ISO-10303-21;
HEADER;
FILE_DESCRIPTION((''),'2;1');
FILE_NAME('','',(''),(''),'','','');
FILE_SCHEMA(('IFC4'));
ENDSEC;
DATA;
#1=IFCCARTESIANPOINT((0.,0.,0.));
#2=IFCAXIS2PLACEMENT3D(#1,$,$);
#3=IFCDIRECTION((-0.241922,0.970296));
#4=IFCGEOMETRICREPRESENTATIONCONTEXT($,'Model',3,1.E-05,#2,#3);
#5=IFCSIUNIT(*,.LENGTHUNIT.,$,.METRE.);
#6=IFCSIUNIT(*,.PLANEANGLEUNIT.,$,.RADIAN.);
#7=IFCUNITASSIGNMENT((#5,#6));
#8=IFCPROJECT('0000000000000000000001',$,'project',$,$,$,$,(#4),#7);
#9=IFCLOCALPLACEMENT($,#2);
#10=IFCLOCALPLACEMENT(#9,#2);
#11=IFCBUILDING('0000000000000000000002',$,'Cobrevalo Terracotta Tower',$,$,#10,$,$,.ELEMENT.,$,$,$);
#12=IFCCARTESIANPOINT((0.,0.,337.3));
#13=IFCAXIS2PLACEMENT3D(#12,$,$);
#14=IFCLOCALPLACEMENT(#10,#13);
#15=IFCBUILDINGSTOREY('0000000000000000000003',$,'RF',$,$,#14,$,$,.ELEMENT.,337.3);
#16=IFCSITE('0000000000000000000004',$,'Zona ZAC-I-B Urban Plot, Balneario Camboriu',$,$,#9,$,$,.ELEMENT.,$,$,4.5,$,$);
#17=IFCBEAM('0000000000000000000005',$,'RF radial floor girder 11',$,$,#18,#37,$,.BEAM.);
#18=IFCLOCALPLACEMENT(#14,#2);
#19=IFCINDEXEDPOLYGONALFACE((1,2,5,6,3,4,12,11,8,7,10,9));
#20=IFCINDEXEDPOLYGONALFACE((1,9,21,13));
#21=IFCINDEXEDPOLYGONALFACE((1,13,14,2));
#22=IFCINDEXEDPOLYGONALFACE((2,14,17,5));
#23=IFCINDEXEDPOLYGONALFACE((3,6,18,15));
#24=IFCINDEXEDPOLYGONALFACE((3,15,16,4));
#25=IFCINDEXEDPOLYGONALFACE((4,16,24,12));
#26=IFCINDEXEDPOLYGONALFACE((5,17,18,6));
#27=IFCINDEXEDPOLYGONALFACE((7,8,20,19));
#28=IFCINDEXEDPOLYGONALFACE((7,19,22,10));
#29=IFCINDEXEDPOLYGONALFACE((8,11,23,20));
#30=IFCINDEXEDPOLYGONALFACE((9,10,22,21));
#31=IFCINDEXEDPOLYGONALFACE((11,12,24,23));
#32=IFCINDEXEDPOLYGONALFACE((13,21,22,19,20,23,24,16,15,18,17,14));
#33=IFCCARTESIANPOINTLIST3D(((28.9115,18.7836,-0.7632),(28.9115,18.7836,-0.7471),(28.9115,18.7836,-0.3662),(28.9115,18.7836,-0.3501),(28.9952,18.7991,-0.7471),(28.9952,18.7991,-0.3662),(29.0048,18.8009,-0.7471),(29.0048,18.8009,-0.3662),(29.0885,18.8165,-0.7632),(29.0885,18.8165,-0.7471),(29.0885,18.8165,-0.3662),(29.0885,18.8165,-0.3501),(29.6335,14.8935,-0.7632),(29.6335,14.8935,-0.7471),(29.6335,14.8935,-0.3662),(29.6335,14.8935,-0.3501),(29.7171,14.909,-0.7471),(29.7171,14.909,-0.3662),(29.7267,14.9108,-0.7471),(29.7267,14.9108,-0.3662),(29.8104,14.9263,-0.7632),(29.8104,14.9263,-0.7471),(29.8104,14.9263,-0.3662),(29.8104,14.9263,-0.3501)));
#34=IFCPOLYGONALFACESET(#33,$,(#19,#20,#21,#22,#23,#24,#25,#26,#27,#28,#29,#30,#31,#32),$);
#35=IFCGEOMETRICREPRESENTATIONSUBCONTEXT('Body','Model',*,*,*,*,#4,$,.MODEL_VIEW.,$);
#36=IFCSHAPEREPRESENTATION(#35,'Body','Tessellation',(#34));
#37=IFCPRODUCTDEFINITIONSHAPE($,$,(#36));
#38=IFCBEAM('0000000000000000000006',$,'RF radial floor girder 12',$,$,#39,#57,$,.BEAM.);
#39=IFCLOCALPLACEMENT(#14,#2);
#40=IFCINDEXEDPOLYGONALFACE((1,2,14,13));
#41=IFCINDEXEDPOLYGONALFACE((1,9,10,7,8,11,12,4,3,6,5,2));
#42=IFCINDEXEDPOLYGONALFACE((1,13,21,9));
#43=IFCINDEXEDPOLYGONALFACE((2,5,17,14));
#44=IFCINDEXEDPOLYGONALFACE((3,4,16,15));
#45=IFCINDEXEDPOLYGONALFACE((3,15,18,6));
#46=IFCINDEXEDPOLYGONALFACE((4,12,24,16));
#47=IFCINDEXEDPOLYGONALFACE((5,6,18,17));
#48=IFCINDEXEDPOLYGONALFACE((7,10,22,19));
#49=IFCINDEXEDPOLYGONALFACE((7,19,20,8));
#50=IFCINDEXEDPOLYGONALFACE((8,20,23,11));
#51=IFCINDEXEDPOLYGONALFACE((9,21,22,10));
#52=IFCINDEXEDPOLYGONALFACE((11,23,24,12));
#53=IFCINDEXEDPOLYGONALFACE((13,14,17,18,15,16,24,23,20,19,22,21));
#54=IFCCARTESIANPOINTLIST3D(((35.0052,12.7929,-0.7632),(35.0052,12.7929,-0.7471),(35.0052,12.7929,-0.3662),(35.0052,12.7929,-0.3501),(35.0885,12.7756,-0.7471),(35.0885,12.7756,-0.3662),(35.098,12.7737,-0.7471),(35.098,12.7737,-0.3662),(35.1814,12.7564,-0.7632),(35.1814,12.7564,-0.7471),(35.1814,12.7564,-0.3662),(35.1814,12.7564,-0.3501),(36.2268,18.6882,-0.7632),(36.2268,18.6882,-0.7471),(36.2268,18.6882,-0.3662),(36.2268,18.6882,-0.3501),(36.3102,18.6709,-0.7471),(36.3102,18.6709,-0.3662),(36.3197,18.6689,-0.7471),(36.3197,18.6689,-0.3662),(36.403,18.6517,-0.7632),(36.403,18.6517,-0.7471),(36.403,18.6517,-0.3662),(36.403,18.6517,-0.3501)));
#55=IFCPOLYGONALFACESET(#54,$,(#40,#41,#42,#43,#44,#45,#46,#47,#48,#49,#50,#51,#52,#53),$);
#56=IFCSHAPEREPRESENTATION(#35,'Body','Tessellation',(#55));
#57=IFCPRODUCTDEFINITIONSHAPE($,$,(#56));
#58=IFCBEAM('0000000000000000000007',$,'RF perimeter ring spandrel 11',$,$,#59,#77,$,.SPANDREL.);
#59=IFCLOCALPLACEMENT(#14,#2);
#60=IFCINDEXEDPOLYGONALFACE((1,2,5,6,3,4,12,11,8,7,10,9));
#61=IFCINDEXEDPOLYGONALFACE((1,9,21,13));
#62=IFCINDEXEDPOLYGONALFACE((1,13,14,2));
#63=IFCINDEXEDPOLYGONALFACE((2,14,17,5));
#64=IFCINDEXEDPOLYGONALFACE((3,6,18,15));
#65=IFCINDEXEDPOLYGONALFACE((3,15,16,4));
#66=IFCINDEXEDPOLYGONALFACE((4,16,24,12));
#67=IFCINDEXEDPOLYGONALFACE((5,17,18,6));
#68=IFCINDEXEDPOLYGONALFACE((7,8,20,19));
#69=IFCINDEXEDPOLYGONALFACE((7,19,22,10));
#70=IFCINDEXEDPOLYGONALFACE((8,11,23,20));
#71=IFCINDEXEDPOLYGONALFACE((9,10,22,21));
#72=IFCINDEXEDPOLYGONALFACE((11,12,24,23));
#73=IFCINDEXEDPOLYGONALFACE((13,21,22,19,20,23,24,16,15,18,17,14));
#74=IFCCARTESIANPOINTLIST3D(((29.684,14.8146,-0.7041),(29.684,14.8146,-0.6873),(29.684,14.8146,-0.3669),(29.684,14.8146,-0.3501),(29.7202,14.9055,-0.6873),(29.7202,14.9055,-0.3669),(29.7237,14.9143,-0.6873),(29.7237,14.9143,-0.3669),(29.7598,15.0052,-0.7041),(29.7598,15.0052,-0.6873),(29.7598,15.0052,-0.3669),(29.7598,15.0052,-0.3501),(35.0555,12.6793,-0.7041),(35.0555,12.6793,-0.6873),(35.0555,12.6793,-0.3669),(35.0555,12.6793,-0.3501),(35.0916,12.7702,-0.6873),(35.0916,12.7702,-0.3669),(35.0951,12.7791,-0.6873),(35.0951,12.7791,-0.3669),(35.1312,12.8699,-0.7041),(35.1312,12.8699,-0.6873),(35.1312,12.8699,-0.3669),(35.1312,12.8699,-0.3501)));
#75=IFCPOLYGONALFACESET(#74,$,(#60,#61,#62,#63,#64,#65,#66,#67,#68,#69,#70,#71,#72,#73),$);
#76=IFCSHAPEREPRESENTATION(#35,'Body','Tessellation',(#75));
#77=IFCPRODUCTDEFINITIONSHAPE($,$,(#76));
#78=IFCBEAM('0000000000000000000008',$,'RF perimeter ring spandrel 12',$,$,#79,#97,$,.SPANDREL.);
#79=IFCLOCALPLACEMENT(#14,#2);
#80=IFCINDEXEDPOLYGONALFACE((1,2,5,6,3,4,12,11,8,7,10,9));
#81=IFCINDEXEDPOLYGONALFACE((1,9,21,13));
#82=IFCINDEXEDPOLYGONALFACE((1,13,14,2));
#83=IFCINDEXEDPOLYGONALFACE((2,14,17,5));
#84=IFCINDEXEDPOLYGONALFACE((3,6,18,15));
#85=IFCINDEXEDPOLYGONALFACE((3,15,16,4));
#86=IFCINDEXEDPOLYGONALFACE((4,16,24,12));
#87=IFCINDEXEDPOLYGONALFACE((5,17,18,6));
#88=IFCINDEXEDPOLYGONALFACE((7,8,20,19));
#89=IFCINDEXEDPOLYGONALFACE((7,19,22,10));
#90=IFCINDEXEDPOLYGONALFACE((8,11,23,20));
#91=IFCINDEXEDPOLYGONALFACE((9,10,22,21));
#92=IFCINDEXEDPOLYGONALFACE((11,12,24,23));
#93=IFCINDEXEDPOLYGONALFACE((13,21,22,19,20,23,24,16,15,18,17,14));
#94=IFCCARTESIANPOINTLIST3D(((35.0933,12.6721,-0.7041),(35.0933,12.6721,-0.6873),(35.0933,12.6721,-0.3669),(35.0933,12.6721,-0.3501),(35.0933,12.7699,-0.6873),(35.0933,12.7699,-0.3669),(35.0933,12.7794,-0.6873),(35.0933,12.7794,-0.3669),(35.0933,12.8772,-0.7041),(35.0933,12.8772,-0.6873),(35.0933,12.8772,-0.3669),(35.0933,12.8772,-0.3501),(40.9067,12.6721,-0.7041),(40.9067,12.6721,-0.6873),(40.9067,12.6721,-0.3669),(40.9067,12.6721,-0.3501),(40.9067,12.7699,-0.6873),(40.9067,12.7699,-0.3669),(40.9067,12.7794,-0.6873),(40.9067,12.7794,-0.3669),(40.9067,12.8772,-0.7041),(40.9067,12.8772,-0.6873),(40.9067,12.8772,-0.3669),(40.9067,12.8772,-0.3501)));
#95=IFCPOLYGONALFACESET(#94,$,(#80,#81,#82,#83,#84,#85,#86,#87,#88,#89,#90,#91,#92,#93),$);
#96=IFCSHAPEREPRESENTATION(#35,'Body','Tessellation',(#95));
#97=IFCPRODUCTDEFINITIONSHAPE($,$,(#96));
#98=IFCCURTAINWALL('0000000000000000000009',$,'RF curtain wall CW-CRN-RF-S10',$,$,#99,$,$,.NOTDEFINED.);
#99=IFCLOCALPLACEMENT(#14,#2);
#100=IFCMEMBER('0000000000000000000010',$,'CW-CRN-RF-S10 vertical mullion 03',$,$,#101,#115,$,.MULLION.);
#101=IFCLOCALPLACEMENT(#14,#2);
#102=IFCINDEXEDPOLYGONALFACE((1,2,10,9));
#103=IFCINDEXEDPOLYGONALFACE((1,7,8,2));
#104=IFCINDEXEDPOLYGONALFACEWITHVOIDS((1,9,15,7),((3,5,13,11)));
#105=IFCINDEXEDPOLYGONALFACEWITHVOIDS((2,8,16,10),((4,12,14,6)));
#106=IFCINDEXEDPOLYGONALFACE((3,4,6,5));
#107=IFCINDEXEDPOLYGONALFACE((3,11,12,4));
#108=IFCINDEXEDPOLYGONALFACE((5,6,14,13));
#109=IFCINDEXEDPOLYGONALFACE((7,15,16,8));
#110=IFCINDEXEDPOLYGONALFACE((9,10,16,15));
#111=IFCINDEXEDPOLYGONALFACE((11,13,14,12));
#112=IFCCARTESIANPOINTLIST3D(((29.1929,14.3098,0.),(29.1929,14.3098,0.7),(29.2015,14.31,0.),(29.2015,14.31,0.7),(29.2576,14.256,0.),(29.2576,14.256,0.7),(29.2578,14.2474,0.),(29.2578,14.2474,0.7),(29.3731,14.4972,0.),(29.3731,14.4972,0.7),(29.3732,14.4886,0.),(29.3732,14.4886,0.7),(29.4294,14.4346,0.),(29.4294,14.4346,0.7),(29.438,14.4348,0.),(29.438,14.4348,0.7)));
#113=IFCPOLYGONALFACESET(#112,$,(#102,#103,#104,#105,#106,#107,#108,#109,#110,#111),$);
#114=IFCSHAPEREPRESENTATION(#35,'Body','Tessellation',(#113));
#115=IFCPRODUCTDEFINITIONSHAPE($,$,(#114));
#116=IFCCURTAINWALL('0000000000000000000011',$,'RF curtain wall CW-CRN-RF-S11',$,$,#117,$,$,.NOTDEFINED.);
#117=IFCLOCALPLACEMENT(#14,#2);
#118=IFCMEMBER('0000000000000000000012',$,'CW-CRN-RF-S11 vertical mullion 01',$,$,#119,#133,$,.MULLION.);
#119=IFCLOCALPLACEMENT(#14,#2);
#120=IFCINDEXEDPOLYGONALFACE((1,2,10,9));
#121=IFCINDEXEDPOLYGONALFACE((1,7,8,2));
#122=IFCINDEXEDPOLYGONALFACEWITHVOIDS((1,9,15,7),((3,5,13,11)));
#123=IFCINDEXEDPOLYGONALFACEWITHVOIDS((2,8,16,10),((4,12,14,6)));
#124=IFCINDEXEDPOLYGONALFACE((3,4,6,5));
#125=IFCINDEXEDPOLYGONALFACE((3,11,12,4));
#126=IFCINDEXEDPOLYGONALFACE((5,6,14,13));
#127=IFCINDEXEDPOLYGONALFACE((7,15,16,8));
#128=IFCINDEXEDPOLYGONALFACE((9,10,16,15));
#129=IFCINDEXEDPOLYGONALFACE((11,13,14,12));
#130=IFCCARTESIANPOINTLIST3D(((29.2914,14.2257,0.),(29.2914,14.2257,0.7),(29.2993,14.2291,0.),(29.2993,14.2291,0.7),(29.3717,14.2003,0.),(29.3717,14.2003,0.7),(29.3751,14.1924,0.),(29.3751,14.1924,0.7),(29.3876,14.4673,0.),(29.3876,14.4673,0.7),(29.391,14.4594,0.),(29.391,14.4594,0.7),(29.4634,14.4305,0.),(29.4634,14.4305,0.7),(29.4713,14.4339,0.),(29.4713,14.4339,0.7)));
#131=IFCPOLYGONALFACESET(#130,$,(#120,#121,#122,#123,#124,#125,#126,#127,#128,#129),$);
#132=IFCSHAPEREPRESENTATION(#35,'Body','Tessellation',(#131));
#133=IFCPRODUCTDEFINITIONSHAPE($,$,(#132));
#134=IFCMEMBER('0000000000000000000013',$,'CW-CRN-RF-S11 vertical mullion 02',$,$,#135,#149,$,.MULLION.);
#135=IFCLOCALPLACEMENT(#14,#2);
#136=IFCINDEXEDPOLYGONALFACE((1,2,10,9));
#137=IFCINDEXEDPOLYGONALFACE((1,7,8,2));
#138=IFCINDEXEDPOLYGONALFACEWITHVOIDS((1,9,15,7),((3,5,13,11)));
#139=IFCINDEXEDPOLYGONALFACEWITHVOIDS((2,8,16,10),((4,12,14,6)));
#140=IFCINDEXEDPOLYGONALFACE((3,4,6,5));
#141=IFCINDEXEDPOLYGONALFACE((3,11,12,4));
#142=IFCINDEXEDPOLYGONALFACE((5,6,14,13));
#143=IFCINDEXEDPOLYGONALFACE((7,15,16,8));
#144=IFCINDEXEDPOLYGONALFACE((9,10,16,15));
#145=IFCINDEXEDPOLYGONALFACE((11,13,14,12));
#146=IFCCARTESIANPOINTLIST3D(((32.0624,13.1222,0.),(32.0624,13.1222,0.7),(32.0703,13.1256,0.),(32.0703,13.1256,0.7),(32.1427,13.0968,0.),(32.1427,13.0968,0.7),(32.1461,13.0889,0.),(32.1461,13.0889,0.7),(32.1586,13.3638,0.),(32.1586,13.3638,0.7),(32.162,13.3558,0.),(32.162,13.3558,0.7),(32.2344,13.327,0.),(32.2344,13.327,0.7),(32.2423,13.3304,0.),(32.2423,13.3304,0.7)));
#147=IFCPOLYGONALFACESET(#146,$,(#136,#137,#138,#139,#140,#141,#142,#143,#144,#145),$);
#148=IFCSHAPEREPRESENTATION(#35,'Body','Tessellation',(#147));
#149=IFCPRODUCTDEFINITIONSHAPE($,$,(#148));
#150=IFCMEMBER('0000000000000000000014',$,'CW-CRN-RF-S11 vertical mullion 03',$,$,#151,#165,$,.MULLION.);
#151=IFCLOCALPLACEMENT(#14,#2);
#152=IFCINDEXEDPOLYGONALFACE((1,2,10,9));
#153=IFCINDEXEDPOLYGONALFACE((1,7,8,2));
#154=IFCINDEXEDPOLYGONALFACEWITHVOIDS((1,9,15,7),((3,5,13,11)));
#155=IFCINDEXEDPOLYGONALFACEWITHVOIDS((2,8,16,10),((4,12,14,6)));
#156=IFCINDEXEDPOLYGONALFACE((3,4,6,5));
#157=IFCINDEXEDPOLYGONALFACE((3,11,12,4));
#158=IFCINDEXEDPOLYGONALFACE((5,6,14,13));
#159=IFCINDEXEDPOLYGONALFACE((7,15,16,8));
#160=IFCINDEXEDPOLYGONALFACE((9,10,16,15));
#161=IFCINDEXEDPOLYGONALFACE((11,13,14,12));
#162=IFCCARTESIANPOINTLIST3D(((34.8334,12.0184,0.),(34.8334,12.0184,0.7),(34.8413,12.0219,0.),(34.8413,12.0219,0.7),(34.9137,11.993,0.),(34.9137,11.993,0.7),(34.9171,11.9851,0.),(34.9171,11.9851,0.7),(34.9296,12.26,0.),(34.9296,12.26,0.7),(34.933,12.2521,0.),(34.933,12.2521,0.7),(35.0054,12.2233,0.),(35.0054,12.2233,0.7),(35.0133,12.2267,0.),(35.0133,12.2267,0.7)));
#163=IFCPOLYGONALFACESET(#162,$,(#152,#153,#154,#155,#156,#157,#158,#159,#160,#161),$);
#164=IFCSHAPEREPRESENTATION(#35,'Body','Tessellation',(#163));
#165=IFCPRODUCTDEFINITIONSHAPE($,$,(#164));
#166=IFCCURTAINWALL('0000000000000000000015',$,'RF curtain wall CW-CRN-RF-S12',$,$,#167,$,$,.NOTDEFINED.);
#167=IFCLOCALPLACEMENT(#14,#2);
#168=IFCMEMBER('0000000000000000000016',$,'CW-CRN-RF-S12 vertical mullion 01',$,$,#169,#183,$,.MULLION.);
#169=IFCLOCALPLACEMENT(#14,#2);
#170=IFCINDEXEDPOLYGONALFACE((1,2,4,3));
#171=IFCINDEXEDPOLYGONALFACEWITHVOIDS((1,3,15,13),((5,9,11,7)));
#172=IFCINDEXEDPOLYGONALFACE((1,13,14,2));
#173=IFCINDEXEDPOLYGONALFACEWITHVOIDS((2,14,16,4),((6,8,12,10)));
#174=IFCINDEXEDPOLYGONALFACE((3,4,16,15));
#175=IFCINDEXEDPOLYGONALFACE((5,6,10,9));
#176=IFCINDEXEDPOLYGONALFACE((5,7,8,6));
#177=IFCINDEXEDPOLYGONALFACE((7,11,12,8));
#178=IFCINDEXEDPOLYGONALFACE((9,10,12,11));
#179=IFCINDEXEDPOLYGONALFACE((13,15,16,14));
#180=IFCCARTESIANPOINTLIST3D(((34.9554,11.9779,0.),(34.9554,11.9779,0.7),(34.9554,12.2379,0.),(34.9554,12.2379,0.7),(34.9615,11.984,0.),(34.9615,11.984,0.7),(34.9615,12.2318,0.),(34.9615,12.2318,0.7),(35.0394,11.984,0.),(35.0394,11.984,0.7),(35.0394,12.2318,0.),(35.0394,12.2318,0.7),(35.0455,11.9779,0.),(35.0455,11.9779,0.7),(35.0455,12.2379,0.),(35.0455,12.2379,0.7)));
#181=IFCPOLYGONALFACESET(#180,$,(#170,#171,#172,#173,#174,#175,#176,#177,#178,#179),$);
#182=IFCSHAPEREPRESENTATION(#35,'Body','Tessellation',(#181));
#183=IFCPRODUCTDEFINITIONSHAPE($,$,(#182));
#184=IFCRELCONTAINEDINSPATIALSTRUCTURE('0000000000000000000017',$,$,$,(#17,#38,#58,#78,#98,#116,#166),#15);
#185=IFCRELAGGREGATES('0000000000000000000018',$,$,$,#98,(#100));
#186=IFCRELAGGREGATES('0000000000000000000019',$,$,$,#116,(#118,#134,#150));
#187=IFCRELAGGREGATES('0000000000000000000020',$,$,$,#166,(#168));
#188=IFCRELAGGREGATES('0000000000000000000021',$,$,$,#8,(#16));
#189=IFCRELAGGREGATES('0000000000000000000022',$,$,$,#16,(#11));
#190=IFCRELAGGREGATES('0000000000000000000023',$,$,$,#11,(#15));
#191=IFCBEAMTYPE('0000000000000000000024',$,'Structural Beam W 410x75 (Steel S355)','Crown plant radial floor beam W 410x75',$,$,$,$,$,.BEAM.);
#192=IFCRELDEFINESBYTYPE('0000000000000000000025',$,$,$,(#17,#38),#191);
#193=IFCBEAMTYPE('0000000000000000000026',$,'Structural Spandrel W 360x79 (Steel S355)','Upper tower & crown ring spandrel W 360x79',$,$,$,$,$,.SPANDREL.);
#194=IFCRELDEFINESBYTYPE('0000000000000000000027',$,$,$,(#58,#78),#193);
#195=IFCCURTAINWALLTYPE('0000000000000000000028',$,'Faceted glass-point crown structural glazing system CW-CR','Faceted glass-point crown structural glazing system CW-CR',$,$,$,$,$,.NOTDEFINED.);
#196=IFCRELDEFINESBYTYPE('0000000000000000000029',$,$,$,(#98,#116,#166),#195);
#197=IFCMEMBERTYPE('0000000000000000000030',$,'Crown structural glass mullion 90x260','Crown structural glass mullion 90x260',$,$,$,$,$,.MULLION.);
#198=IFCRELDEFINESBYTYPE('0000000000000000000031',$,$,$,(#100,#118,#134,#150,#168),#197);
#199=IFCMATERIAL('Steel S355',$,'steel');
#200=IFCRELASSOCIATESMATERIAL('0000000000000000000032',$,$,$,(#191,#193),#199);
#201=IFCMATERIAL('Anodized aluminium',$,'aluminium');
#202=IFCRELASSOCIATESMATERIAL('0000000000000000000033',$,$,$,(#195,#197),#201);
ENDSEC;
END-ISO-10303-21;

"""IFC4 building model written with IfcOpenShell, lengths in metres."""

from ifc_helpers import new_model, si_unit, direction, frame, origin, origin_2d, place, context, subcontext, project, spatial, hollow_rectangle, i_section, extrude, source, transform, mapped, material, material_profile, profile_set, type_object, element, aggregate, save


model = new_model("IFC4")

# Units and contexts
model_context = context("Model", 3, precision=1e-05, world=origin(), true_north=direction((-0.241922, 0.970296)))
body_context = subcontext(model_context, "Body", "Model", "MODEL_VIEW")
ifc_project = project(units=[si_unit("LENGTHUNIT", "METRE"), si_unit("PLANEANGLEUNIT", "RADIAN")], contexts=[model_context])

# Site, building, storey
site_placement = place(None, origin())
site = spatial("IfcSite", under=ifc_project, at=site_placement, Name="Zona ZAC-I-B Urban Plot, Balneario Camboriu", CompositionType="ELEMENT", RefElevation=4.5)
building_placement = place(site_placement, origin())
building = spatial("IfcBuilding", under=site, at=building_placement, Name="Cobrevalo Terracotta Tower", CompositionType="ELEMENT")
storey_placement = place(building_placement, frame((0.0, 0.0, 337.3)))
storey = spatial("IfcBuildingStorey", under=building, at=storey_placement, Name="RF", CompositionType="ELEMENT", Elevation=337.3)

# Beams
ifc_material_1 = material(Name="Steel S355", Category="steel")
ifc_material_profile_1 = material_profile(ifc_material_1, i_section(OverallWidth=0.1799, OverallDepth=0.4131, WebThickness=0.0098, FlangeThickness=0.0161, at=origin_2d()), Name="W 410x75")
ifc_profile_set_1 = profile_set([ifc_material_profile_1], Name="Steel S355")
beam_type_1 = type_object("IfcBeamType", Name="Structural Beam W 410x75 (Steel S355)", Description="Crown plant radial floor beam W 410x75", PredefinedType="BEAM", material=ifc_profile_set_1)
beam_1_placement = place(storey_placement, frame((29.7219, 14.9099, -0.5566), z_axis=(-0.182463, 0.983213, 0.0), x_axis=(-0.983213, -0.182463, 0.0)))
element("IfcBeam", 1, at=beam_1_placement, inside=storey, type_object=beam_type_1, Name="RF radial floor girder 11", PredefinedType="BEAM", context=body_context, shape_type="SweptSolid", body=[
    extrude(i_section(OverallWidth=0.1799, OverallDepth=0.4131, WebThickness=0.0098, FlangeThickness=0.0161, at=origin_2d()), origin(), (0.0, 0.0, 1.0), 3.9565),
])
beam_2_placement = place(storey_placement, frame((35.0933, 12.7747, -0.5566), z_axis=(0.202919, 0.979195, 0.0), x_axis=(-0.979195, 0.202919, 0.0)))
element("IfcBeam", 2, at=beam_2_placement, inside=storey, type_object=beam_type_1, Name="RF radial floor girder 12", PredefinedType="BEAM", context=body_context, shape_type="SweptSolid", body=[
    extrude(i_section(OverallWidth=0.1799, OverallDepth=0.4131, WebThickness=0.0098, FlangeThickness=0.0161, at=origin_2d()), origin(), (0.0, 0.0, 1.0), 6.0205),
])
ifc_material_profile_2 = material_profile(ifc_material_1, i_section(OverallWidth=0.2051, OverallDepth=0.354, WebThickness=0.0095, FlangeThickness=0.0168, at=origin_2d()), Name="W 360x79")
ifc_profile_set_2 = profile_set([ifc_material_profile_2], Name="Steel S355")
beam_type_2 = type_object("IfcBeamType", Name="Structural Spandrel W 360x79 (Steel S355)", Description="Upper tower & crown ring spandrel W 360x79", PredefinedType="SPANDREL", material=ifc_profile_set_2)
beam_3_placement = place(storey_placement, frame((29.7219, 14.9099, -0.5271), z_axis=(0.929267, -0.369409, 0.0), x_axis=(0.369409, 0.929267, 0.0)))
element("IfcBeam", 3, at=beam_3_placement, inside=storey, type_object=beam_type_2, Name="RF perimeter ring spandrel 11", PredefinedType="SPANDREL", context=body_context, shape_type="SweptSolid", body=[
    extrude(i_section(OverallWidth=0.2051, OverallDepth=0.354, WebThickness=0.0095, FlangeThickness=0.0168, at=origin_2d()), origin(), (0.0, 0.0, 1.0), 5.7803),
])
beam_4_placement = place(storey_placement, frame((35.0933, 12.7747, -0.5271), z_axis=(1.0, 0.0, 0.0), x_axis=(0.0, 1.0, 0.0)))
element("IfcBeam", 4, at=beam_4_placement, inside=storey, type_object=beam_type_2, Name="RF perimeter ring spandrel 12", PredefinedType="SPANDREL", context=body_context, shape_type="SweptSolid", body=[
    extrude(i_section(OverallWidth=0.2051, OverallDepth=0.354, WebThickness=0.0095, FlangeThickness=0.0168, at=origin_2d()), origin(), (0.0, 0.0, 1.0), 5.8135),
])

# Curtain wall, member
ifc_material_2 = material(Name="Anodized aluminium", Category="aluminium")
curtain_wall_type = type_object("IfcCurtainWallType", Name="Faceted glass-point crown structural glazing system CW-CR", Description="Faceted glass-point crown structural glazing system CW-CR", PredefinedType="NOTDEFINED", material=ifc_material_2)
curtain_wall_1_placement = place(storey_placement, origin())
curtain_wall_1 = element("IfcCurtainWall", 5, at=curtain_wall_1_placement, inside=storey, type_object=curtain_wall_type, Name="RF curtain wall CW-CRN-RF-S10", PredefinedType="NOTDEFINED")
ifc_material_profile_3 = material_profile(ifc_material_2, hollow_rectangle(XDim=0.0901, YDim=0.26, WallThickness=0.0061, at=origin_2d()), Name="CWM 90x260")
ifc_profile_set_3 = profile_set([ifc_material_profile_3], Name="Anodized aluminium")
member_type_1 = type_object("IfcMemberType", Name="Crown structural glass mullion 90x260", Description="Crown structural glass mullion 90x260", PredefinedType="MULLION", material=ifc_profile_set_3)
shared_shape_1 = source(origin(), body_context, "Body", "SweptSolid", [
    extrude(hollow_rectangle(XDim=0.0901, YDim=0.26, WallThickness=0.0061, at=origin_2d()), origin(), (0.0, 0.0, 1.0), 0.7),
])
member_1_placement = place(storey_placement, frame((29.3154, 14.3723, 0.0), z_axis=(0.0, 0.0, 1.0), x_axis=(0.720854, -0.693087, 0.0)))
member_1 = element("IfcMember", 6, at=member_1_placement, type_object=member_type_1, Name="CW-CRN-RF-S10 vertical mullion 03", PredefinedType="MULLION", context=body_context, shape_type="MappedRepresentation", body=[
    mapped(shared_shape_1, transform((0.0, 0.0, 0.0), scale=1.0)),
])

# Curtain wall, members
curtain_wall_2_placement = place(storey_placement, origin())
curtain_wall_2 = element("IfcCurtainWall", 7, at=curtain_wall_2_placement, inside=storey, type_object=curtain_wall_type, Name="RF curtain wall CW-CRN-RF-S11", PredefinedType="NOTDEFINED")
member_2_placement = place(storey_placement, frame((29.3813, 14.3298, 0.0), z_axis=(0.0, 0.0, 1.0), x_axis=(0.929029, -0.370006, 0.0)))
member_2 = element("IfcMember", 8, at=member_2_placement, type_object=member_type_1, Name="CW-CRN-RF-S11 vertical mullion 01", PredefinedType="MULLION", context=body_context, shape_type="MappedRepresentation", body=[
    mapped(shared_shape_1, transform((0.0, 0.0, 0.0), scale=1.0)),
])
member_3_placement = place(storey_placement, frame((32.1523, 13.2263, 0.0), z_axis=(0.0, 0.0, 1.0), x_axis=(0.929029, -0.370006, 0.0)))
member_3 = element("IfcMember", 9, at=member_3_placement, type_object=member_type_1, Name="CW-CRN-RF-S11 vertical mullion 02", PredefinedType="MULLION", context=body_context, shape_type="MappedRepresentation", body=[
    mapped(shared_shape_1, transform((0.0, 0.0, 0.0), scale=1.0)),
])
member_4_placement = place(storey_placement, frame((34.9233, 12.1226, 0.0), z_axis=(0.0, 0.0, 1.0), x_axis=(0.929029, -0.370006, 0.0)))
member_4 = element("IfcMember", 10, at=member_4_placement, type_object=member_type_1, Name="CW-CRN-RF-S11 vertical mullion 03", PredefinedType="MULLION", context=body_context, shape_type="MappedRepresentation", body=[
    mapped(shared_shape_1, transform((0.0, 0.0, 0.0), scale=1.0)),
])

# Curtain wall, member
curtain_wall_3_placement = place(storey_placement, origin())
curtain_wall_3 = element("IfcCurtainWall", 11, at=curtain_wall_3_placement, inside=storey, type_object=curtain_wall_type, Name="RF curtain wall CW-CRN-RF-S12", PredefinedType="NOTDEFINED")
member_5_placement = place(storey_placement, frame((35.0005, 12.1079, 0.0), z_axis=(0.0, 0.0, 1.0), x_axis=(1.0, 0.0, 0.0)))
member_5 = element("IfcMember", 12, at=member_5_placement, type_object=member_type_1, Name="CW-CRN-RF-S12 vertical mullion 01", PredefinedType="MULLION", context=body_context, shape_type="MappedRepresentation", body=[
    mapped(shared_shape_1, transform((0.0, 0.0, 0.0), scale=1.0)),
])

aggregate(curtain_wall_1, [member_1])
aggregate(curtain_wall_2, [member_2, member_3, member_4])
aggregate(curtain_wall_3, [member_5])

save(model, "model.ifc")
